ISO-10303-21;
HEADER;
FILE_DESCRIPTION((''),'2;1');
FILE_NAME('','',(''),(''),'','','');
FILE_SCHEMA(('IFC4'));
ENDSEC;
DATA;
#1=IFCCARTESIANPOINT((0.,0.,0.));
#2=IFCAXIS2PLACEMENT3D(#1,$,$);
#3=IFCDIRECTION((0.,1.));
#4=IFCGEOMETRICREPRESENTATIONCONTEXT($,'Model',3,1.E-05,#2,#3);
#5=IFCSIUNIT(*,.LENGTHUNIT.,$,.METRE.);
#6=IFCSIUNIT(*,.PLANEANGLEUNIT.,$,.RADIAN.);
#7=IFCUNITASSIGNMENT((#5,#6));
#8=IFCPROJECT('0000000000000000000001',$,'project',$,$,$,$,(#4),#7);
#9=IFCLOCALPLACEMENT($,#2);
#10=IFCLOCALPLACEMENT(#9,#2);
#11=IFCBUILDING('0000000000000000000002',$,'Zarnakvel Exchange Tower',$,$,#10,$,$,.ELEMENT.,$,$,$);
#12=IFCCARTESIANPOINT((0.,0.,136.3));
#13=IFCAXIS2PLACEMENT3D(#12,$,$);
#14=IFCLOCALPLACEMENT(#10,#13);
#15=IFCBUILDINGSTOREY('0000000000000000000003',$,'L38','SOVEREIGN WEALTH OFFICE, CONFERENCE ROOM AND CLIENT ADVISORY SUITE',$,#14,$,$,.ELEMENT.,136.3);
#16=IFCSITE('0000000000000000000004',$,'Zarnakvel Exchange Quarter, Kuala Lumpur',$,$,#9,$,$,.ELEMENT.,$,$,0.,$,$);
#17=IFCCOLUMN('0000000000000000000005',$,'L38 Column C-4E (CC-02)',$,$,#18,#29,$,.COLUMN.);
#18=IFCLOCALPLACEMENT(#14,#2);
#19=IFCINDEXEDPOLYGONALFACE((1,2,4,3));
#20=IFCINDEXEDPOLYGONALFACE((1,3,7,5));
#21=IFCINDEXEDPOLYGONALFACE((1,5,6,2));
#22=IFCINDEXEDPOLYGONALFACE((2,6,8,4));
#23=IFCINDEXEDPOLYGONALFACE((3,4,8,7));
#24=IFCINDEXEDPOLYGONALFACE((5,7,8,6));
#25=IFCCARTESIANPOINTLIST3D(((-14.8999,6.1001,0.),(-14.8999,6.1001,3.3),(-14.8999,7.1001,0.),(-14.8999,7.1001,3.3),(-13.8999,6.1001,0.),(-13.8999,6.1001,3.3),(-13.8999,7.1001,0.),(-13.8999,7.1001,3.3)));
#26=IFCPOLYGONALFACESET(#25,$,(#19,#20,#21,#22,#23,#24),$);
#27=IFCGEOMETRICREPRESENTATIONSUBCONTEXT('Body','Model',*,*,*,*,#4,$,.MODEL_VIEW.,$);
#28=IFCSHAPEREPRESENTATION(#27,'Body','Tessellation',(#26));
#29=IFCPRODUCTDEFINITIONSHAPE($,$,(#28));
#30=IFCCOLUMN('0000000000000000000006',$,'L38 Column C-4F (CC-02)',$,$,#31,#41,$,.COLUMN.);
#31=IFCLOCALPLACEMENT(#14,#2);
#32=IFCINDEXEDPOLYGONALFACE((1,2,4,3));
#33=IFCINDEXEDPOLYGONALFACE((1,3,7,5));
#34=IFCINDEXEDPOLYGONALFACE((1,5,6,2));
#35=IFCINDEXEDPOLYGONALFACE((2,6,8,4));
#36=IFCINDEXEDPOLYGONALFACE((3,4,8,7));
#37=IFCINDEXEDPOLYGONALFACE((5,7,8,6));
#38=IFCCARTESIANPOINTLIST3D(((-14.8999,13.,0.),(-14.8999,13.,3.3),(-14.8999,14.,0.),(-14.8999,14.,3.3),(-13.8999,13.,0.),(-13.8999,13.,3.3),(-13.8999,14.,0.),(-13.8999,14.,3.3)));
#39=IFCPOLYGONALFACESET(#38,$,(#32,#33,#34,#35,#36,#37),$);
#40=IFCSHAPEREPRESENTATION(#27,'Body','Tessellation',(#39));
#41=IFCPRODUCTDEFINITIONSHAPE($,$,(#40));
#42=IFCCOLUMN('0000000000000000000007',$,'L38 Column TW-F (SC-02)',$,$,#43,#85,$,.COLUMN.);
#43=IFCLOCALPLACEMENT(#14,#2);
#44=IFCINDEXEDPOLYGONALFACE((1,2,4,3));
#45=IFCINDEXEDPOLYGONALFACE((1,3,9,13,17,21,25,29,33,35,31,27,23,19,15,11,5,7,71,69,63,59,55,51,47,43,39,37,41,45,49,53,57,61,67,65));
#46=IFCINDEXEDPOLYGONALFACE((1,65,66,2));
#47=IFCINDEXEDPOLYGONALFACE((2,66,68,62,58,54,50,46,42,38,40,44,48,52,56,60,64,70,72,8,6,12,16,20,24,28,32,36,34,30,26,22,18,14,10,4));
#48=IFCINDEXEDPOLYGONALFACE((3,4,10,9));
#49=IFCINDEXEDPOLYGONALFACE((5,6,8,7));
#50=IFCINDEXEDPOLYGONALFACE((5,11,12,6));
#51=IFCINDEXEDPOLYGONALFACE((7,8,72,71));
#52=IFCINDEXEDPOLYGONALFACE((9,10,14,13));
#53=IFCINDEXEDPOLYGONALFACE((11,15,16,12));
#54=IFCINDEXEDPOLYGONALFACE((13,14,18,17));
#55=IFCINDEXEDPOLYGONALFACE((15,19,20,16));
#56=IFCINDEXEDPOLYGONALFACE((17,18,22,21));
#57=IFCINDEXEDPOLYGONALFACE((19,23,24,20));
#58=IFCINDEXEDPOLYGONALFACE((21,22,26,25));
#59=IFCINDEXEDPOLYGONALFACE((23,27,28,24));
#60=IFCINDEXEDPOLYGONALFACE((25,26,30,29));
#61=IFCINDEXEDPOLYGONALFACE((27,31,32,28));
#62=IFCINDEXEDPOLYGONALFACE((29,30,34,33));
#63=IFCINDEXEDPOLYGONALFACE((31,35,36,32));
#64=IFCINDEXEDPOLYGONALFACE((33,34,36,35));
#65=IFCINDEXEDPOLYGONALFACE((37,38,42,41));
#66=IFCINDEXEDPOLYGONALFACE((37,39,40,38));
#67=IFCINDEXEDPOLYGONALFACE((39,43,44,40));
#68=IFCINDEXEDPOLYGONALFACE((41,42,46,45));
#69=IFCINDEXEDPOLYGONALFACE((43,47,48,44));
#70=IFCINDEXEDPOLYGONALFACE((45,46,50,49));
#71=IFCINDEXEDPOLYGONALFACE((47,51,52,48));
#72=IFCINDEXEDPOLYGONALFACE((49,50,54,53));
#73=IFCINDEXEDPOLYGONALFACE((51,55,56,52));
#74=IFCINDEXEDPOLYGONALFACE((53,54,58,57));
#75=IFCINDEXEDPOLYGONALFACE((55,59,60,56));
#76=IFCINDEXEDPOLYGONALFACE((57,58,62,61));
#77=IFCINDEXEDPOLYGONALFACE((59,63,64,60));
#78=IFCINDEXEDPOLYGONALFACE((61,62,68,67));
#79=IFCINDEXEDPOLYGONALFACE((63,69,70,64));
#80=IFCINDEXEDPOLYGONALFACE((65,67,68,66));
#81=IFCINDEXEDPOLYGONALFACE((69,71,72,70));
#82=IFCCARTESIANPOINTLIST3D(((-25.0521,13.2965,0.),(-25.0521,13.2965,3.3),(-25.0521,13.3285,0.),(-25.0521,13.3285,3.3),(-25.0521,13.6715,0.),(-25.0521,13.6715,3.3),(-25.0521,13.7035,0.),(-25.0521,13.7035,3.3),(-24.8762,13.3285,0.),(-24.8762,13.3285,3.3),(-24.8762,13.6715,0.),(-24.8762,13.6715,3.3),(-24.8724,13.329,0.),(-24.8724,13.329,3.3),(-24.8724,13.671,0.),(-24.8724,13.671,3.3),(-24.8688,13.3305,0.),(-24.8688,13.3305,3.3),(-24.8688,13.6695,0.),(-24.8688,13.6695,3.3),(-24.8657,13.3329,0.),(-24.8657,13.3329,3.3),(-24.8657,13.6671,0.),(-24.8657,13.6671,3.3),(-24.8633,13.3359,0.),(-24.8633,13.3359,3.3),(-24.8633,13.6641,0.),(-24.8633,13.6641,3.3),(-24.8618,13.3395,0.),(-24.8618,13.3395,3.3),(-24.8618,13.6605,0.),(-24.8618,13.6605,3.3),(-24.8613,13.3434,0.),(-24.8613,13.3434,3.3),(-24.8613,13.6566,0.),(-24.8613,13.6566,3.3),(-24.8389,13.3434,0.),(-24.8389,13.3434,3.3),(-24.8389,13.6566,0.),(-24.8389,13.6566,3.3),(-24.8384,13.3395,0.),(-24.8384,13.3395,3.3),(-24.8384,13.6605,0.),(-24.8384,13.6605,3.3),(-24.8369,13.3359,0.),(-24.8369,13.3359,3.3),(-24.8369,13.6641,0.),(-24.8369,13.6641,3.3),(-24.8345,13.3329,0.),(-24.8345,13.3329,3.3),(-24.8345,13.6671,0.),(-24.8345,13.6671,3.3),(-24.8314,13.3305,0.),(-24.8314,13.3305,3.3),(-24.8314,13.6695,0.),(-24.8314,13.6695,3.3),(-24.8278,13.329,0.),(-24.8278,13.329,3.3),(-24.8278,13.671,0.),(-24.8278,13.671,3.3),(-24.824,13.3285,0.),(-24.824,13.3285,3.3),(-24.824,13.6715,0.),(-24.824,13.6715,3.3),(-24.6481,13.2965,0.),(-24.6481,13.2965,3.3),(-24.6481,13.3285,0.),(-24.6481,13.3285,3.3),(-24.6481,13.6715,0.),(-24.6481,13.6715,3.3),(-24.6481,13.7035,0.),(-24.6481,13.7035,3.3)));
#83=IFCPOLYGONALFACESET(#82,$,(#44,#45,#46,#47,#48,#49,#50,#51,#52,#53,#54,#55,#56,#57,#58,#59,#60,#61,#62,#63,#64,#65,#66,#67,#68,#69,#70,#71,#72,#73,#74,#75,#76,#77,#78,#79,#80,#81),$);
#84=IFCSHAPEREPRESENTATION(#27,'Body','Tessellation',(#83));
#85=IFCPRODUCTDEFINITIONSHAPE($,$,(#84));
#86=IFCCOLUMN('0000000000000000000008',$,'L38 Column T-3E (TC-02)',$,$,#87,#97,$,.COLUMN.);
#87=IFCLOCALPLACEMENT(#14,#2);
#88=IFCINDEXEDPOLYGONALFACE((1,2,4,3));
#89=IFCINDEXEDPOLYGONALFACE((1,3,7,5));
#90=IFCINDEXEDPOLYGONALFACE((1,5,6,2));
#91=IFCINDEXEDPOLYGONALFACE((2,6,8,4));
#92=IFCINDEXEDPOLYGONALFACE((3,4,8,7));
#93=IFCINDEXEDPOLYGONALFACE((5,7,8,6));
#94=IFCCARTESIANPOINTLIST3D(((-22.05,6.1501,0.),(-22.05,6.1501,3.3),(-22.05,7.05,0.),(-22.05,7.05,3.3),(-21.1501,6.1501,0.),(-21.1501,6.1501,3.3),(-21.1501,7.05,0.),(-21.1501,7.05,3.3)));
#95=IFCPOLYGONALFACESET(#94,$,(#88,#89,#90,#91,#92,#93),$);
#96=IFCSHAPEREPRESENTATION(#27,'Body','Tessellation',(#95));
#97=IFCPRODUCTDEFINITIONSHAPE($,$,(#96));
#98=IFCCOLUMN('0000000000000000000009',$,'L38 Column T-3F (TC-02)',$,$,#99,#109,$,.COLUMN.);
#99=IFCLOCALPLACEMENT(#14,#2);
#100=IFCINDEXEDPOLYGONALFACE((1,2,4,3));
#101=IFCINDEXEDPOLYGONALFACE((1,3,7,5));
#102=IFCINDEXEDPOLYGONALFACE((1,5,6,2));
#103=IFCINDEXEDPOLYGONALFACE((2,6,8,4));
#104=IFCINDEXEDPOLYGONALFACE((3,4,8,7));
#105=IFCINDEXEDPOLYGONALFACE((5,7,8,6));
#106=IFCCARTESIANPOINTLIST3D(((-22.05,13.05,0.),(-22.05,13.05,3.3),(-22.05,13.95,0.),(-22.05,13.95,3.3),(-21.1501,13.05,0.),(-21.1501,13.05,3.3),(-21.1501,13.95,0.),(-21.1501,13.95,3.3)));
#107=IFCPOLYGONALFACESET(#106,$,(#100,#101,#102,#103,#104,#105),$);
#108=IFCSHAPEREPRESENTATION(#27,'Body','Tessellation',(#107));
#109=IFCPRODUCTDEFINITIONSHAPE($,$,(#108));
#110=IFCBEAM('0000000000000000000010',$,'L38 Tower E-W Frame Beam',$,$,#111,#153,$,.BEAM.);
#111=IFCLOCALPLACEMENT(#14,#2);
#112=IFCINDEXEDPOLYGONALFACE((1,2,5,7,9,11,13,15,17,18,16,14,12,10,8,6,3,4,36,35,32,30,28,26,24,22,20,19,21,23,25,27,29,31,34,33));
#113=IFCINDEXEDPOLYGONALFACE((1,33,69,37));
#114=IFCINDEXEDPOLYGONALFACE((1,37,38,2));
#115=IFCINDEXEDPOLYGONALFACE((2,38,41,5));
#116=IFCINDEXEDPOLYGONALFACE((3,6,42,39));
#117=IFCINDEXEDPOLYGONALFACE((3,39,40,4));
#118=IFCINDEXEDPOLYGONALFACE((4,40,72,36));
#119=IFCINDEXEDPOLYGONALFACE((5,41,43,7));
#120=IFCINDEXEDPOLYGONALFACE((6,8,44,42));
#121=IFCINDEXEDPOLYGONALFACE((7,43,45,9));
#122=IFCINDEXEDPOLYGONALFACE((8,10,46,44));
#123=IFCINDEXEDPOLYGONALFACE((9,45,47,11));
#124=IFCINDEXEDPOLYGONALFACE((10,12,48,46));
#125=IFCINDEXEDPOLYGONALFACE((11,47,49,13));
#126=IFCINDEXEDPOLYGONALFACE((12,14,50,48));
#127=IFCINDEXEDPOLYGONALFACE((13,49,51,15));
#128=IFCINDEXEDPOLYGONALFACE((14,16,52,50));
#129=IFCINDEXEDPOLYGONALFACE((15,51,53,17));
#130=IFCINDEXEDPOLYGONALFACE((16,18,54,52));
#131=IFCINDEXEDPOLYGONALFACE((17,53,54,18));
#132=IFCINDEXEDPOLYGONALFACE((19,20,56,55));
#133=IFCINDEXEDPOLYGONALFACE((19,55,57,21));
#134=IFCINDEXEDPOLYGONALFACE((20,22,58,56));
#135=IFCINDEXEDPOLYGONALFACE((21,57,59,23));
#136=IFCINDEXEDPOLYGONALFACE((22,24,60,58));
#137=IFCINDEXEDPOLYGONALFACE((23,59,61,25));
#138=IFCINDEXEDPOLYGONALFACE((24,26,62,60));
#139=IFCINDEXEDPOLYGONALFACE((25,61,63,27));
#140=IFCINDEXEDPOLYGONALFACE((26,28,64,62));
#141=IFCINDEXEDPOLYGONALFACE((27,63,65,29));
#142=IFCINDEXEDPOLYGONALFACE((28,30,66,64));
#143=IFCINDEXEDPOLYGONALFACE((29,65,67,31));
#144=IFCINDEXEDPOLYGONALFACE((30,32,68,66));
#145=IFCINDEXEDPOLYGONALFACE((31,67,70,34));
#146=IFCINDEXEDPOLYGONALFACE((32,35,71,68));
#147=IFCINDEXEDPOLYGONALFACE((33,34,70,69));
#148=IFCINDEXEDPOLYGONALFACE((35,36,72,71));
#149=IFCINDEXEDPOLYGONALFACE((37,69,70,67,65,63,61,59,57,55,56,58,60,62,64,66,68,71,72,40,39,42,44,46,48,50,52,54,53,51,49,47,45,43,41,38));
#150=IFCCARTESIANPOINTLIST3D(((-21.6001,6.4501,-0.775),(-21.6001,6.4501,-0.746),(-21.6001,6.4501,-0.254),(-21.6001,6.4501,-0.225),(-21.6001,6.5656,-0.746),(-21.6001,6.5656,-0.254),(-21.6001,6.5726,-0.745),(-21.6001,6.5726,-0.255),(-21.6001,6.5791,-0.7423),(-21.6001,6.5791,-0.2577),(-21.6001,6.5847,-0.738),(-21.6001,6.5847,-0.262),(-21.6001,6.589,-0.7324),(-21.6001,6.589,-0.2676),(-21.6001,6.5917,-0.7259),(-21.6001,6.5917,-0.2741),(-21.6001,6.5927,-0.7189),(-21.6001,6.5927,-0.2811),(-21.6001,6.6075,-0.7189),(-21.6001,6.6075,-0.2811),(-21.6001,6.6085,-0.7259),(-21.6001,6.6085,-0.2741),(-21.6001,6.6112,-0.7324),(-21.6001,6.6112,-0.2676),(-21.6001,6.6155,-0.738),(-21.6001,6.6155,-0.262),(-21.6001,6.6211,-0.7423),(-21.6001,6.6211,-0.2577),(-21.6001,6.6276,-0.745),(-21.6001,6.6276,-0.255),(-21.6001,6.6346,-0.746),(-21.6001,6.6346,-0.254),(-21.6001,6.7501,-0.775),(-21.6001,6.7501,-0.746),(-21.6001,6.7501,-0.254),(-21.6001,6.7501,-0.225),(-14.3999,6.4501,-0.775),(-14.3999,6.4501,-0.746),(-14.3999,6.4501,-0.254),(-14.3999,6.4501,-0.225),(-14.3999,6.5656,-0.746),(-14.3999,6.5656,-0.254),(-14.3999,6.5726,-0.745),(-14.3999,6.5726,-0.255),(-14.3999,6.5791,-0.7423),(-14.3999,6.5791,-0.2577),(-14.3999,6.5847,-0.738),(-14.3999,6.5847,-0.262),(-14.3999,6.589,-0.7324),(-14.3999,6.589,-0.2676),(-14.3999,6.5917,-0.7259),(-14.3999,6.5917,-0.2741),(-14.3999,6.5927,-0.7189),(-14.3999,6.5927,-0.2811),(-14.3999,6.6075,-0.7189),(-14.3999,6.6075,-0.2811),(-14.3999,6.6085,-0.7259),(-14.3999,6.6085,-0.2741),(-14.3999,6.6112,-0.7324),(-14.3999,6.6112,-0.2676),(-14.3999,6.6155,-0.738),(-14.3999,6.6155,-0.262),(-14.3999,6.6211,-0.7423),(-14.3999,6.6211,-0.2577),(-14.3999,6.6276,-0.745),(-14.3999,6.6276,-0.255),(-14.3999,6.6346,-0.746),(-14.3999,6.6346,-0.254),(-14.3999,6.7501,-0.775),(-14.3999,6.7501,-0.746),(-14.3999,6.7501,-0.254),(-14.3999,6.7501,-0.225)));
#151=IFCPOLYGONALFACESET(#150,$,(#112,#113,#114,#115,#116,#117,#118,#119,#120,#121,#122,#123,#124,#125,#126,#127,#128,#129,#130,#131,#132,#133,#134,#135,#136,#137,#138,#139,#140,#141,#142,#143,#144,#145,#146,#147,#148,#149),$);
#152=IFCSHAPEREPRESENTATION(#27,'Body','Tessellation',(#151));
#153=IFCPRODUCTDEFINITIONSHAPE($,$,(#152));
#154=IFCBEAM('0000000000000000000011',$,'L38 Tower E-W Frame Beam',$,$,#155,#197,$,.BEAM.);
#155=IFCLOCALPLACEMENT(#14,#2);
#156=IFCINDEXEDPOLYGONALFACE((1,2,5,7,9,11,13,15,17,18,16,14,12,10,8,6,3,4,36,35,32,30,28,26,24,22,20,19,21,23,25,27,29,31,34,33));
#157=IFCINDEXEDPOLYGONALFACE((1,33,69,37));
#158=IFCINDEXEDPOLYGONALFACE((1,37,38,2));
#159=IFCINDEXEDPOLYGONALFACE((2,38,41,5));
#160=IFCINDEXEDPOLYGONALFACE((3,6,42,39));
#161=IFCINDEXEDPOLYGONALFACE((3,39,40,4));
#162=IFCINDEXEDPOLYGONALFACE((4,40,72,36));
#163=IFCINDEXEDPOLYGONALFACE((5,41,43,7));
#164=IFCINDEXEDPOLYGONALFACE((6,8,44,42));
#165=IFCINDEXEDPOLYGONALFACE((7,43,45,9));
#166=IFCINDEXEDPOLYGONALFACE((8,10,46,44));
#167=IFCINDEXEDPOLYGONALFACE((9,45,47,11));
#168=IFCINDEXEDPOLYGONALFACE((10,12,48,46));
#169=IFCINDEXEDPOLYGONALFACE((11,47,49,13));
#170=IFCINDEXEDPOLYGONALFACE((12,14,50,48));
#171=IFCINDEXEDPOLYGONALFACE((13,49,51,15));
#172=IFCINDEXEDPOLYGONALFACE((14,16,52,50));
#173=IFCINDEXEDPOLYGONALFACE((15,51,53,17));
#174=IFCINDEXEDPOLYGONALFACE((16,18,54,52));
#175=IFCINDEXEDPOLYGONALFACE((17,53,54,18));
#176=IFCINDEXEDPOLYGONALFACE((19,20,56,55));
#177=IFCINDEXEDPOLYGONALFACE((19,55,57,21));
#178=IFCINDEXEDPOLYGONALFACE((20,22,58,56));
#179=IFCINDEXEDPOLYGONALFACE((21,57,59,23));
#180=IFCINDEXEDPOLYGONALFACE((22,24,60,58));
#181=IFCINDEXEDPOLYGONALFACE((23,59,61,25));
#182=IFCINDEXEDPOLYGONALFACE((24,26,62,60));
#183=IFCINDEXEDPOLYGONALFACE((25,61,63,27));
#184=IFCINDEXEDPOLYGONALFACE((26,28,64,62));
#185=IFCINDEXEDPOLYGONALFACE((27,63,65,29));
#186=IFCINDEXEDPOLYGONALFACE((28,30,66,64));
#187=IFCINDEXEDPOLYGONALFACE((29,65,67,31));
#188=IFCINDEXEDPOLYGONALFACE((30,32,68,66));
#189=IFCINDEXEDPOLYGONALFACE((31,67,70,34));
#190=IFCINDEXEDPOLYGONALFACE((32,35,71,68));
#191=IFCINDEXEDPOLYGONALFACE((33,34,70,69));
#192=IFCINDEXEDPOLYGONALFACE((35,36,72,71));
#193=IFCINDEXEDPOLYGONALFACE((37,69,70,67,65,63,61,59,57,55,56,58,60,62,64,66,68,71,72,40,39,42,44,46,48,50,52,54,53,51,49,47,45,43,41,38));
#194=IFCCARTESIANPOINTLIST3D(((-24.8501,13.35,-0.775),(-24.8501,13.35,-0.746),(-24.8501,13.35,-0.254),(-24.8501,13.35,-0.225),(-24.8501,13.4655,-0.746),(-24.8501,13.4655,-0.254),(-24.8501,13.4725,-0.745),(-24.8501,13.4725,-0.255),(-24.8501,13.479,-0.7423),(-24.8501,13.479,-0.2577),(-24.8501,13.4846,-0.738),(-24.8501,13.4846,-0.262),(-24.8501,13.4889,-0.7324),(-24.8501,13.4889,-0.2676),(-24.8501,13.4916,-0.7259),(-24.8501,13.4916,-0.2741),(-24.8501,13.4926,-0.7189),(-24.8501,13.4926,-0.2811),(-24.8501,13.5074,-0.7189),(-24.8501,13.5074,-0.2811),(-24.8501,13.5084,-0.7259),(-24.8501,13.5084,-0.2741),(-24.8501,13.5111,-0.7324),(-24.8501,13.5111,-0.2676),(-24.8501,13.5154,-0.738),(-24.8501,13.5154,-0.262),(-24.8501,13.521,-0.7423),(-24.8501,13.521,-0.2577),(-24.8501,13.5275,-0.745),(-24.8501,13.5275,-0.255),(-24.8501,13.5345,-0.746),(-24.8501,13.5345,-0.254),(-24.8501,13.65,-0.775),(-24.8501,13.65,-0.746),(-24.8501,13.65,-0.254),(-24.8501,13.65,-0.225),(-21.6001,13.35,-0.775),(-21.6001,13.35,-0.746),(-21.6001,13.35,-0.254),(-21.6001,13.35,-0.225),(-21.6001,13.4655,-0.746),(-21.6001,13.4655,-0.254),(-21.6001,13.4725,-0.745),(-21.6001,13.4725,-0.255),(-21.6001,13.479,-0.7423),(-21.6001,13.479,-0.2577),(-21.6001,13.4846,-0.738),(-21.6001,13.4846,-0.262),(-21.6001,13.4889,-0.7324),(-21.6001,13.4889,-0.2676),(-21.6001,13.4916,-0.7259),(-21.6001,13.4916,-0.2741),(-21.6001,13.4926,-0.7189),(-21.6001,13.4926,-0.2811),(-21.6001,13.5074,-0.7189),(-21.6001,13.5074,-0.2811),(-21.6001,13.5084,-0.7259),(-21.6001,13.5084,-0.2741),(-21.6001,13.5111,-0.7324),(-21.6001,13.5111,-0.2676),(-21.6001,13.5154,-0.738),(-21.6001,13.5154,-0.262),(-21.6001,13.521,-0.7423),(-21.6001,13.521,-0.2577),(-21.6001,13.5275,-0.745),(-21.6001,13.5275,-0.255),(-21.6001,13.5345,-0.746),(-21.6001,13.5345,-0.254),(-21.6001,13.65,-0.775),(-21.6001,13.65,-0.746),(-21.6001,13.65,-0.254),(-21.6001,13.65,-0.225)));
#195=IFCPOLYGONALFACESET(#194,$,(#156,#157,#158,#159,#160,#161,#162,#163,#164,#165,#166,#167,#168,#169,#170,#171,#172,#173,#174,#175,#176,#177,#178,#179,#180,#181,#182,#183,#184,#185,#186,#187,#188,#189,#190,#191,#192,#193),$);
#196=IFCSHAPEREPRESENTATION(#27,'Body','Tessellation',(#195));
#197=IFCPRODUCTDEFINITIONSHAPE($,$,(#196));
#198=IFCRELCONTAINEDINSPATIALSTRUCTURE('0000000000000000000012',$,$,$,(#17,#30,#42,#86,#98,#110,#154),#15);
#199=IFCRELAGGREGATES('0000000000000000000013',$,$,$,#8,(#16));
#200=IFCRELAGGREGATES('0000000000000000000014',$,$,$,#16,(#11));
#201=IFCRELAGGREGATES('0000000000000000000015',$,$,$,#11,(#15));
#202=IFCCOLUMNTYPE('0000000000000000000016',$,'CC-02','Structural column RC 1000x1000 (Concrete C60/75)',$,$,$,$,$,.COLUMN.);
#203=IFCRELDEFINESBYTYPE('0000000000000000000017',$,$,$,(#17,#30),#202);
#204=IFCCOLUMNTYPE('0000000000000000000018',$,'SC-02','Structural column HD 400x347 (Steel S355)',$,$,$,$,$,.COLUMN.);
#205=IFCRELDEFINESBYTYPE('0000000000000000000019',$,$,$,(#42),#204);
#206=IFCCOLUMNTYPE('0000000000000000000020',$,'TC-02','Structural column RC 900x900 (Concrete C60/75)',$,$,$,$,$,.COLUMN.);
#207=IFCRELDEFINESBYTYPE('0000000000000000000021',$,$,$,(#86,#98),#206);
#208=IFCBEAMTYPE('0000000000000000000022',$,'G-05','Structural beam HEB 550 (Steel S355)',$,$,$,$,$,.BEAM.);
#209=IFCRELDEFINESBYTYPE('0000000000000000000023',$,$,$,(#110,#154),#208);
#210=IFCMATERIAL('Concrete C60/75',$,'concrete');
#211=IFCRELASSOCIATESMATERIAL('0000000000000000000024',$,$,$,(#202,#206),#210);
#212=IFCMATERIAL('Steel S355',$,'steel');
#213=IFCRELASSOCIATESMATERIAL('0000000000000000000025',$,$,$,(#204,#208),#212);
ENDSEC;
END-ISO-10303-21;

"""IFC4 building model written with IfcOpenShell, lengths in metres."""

from ifc_helpers import new_model, si_unit, direction, frame, origin, origin_2d, place, context, subcontext, project, spatial, rectangle, i_section, extrude, material, material_profile, profile_set, type_object, element, save


model = new_model("IFC4")

# Units and contexts
model_context = context("Model", 3, precision=1e-05, world=origin(), true_north=direction((0.0, 1.0)))
body_context = subcontext(model_context, "Body", "Model", "MODEL_VIEW")
ifc_project = project(units=[si_unit("LENGTHUNIT", "METRE"), si_unit("PLANEANGLEUNIT", "RADIAN")], contexts=[model_context])

# Site, building, storey
site_placement = place(None, origin())
site = spatial("IfcSite", under=ifc_project, at=site_placement, Name="Zarnakvel Exchange Quarter, Kuala Lumpur", CompositionType="ELEMENT", RefElevation=0.0)
building_placement = place(site_placement, origin())
building = spatial("IfcBuilding", under=site, at=building_placement, Name="Zarnakvel Exchange Tower", CompositionType="ELEMENT")
storey_placement = place(building_placement, frame((0.0, 0.0, 136.3)))
storey = spatial("IfcBuildingStorey", under=building, at=storey_placement, Name="L38", Description="SOVEREIGN WEALTH OFFICE, CONFERENCE ROOM AND CLIENT ADVISORY SUITE", CompositionType="ELEMENT", Elevation=136.3)

# Columns
ifc_material_1 = material(Name="Concrete C60/75", Category="concrete")
ifc_material_profile_1 = material_profile(ifc_material_1, rectangle(XDim=1.0, YDim=1.0, at=origin_2d()))
ifc_profile_set_1 = profile_set([ifc_material_profile_1], Name="Concrete C60/75")
column_type_1 = type_object("IfcColumnType", Name="CC-02", Description="Structural column RC 1000x1000 (Concrete C60/75)", PredefinedType="COLUMN", material=ifc_profile_set_1)
for number, where, z_axis, x_axis, name in (
    (1, (-14.3999, 6.6001, 0.0), (0.0, 0.0, 1.0), (1.0, 0.0, 0.0), "L38 Column C-4E (CC-02)"),
    (2, (-14.3999, 13.5, 0.0), (0.0, 0.0, 1.0), (1.0, 0.0, 0.0), "L38 Column C-4F (CC-02)"),
):
    element("IfcColumn", number, at=place(storey_placement, frame(where, z_axis=z_axis, x_axis=x_axis)), inside=storey, type_object=column_type_1, Name=name, PredefinedType="COLUMN", context=body_context, shape_type="SweptSolid", body=[
        extrude(rectangle(XDim=1.0, YDim=1.0, at=origin_2d()), origin(), (0.0, 0.0, 1.0), 3.3),
    ])
ifc_material_2 = material(Name="Steel S355", Category="steel")
ifc_material_profile_2 = material_profile(ifc_material_2, i_section(OverallWidth=0.4041, OverallDepth=0.407, WebThickness=0.0225, FlangeThickness=0.032, FilletRadius=0.0149, at=origin_2d()))
ifc_profile_set_2 = profile_set([ifc_material_profile_2], Name="Steel S355")
column_type_2 = type_object("IfcColumnType", Name="SC-02", Description="Structural column HD 400x347 (Steel S355)", PredefinedType="COLUMN", material=ifc_profile_set_2)
column_placement = place(storey_placement, frame((-24.8501, 13.5, 0.0), z_axis=(0.0, 0.0, 1.0), x_axis=(1.0, 0.0, 0.0)))
element("IfcColumn", 3, at=column_placement, inside=storey, type_object=column_type_2, Name="L38 Column TW-F (SC-02)", PredefinedType="COLUMN", context=body_context, shape_type="SweptSolid", body=[
    extrude(i_section(OverallWidth=0.4041, OverallDepth=0.407, WebThickness=0.0225, FlangeThickness=0.032, FilletRadius=0.0149, at=origin_2d()), origin(), (0.0, 0.0, 1.0), 3.3),
])
ifc_material_profile_3 = material_profile(ifc_material_1, rectangle(XDim=0.8999, YDim=0.8999, at=origin_2d()))
ifc_profile_set_3 = profile_set([ifc_material_profile_3], Name="Concrete C60/75")
column_type_3 = type_object("IfcColumnType", Name="TC-02", Description="Structural column RC 900x900 (Concrete C60/75)", PredefinedType="COLUMN", material=ifc_profile_set_3)
for number, where, z_axis, x_axis, name in (
    (4, (-21.6001, 6.6001, 0.0), (0.0, 0.0, 1.0), (1.0, 0.0, 0.0), "L38 Column T-3E (TC-02)"),
    (5, (-21.6001, 13.5, 0.0), (0.0, 0.0, 1.0), (1.0, 0.0, 0.0), "L38 Column T-3F (TC-02)"),
):
    element("IfcColumn", number, at=place(storey_placement, frame(where, z_axis=z_axis, x_axis=x_axis)), inside=storey, type_object=column_type_3, Name=name, PredefinedType="COLUMN", context=body_context, shape_type="SweptSolid", body=[
        extrude(rectangle(XDim=0.8999, YDim=0.8999, at=origin_2d()), origin(), (0.0, 0.0, 1.0), 3.3),
    ])

# Beams
ifc_material_profile_4 = material_profile(ifc_material_2, i_section(OverallWidth=0.3, OverallDepth=0.55, WebThickness=0.0149, FlangeThickness=0.0291, FilletRadius=0.0271, at=origin_2d()))
ifc_profile_set_4 = profile_set([ifc_material_profile_4], Name="Steel S355")
beam_type = type_object("IfcBeamType", Name="G-05", Description="Structural beam HEB 550 (Steel S355)", PredefinedType="BEAM", material=ifc_profile_set_4)
beam_1_placement = place(storey_placement, frame((-21.6001, 6.6001, -0.5), z_axis=(1.0, 0.0, 0.0), x_axis=(0.0, 1.0, 0.0)))
element("IfcBeam", 6, at=beam_1_placement, inside=storey, type_object=beam_type, Name="L38 Tower E-W Frame Beam", PredefinedType="BEAM", context=body_context, shape_type="SweptSolid", body=[
    extrude(i_section(OverallWidth=0.3, OverallDepth=0.55, WebThickness=0.0149, FlangeThickness=0.0291, FilletRadius=0.0271, at=origin_2d()), origin(), (0.0, 0.0, 1.0), 7.2002),
])
beam_2_placement = place(storey_placement, frame((-24.8501, 13.5, -0.5), z_axis=(1.0, 0.0, 0.0), x_axis=(0.0, 1.0, 0.0)))
element("IfcBeam", 7, at=beam_2_placement, inside=storey, type_object=beam_type, Name="L38 Tower E-W Frame Beam", PredefinedType="BEAM", context=body_context, shape_type="SweptSolid", body=[
    extrude(i_section(OverallWidth=0.3, OverallDepth=0.55, WebThickness=0.0149, FlangeThickness=0.0291, FilletRadius=0.0271, at=origin_2d()), origin(), (0.0, 0.0, 1.0), 3.25),
])

save(model, "model.ifc")
